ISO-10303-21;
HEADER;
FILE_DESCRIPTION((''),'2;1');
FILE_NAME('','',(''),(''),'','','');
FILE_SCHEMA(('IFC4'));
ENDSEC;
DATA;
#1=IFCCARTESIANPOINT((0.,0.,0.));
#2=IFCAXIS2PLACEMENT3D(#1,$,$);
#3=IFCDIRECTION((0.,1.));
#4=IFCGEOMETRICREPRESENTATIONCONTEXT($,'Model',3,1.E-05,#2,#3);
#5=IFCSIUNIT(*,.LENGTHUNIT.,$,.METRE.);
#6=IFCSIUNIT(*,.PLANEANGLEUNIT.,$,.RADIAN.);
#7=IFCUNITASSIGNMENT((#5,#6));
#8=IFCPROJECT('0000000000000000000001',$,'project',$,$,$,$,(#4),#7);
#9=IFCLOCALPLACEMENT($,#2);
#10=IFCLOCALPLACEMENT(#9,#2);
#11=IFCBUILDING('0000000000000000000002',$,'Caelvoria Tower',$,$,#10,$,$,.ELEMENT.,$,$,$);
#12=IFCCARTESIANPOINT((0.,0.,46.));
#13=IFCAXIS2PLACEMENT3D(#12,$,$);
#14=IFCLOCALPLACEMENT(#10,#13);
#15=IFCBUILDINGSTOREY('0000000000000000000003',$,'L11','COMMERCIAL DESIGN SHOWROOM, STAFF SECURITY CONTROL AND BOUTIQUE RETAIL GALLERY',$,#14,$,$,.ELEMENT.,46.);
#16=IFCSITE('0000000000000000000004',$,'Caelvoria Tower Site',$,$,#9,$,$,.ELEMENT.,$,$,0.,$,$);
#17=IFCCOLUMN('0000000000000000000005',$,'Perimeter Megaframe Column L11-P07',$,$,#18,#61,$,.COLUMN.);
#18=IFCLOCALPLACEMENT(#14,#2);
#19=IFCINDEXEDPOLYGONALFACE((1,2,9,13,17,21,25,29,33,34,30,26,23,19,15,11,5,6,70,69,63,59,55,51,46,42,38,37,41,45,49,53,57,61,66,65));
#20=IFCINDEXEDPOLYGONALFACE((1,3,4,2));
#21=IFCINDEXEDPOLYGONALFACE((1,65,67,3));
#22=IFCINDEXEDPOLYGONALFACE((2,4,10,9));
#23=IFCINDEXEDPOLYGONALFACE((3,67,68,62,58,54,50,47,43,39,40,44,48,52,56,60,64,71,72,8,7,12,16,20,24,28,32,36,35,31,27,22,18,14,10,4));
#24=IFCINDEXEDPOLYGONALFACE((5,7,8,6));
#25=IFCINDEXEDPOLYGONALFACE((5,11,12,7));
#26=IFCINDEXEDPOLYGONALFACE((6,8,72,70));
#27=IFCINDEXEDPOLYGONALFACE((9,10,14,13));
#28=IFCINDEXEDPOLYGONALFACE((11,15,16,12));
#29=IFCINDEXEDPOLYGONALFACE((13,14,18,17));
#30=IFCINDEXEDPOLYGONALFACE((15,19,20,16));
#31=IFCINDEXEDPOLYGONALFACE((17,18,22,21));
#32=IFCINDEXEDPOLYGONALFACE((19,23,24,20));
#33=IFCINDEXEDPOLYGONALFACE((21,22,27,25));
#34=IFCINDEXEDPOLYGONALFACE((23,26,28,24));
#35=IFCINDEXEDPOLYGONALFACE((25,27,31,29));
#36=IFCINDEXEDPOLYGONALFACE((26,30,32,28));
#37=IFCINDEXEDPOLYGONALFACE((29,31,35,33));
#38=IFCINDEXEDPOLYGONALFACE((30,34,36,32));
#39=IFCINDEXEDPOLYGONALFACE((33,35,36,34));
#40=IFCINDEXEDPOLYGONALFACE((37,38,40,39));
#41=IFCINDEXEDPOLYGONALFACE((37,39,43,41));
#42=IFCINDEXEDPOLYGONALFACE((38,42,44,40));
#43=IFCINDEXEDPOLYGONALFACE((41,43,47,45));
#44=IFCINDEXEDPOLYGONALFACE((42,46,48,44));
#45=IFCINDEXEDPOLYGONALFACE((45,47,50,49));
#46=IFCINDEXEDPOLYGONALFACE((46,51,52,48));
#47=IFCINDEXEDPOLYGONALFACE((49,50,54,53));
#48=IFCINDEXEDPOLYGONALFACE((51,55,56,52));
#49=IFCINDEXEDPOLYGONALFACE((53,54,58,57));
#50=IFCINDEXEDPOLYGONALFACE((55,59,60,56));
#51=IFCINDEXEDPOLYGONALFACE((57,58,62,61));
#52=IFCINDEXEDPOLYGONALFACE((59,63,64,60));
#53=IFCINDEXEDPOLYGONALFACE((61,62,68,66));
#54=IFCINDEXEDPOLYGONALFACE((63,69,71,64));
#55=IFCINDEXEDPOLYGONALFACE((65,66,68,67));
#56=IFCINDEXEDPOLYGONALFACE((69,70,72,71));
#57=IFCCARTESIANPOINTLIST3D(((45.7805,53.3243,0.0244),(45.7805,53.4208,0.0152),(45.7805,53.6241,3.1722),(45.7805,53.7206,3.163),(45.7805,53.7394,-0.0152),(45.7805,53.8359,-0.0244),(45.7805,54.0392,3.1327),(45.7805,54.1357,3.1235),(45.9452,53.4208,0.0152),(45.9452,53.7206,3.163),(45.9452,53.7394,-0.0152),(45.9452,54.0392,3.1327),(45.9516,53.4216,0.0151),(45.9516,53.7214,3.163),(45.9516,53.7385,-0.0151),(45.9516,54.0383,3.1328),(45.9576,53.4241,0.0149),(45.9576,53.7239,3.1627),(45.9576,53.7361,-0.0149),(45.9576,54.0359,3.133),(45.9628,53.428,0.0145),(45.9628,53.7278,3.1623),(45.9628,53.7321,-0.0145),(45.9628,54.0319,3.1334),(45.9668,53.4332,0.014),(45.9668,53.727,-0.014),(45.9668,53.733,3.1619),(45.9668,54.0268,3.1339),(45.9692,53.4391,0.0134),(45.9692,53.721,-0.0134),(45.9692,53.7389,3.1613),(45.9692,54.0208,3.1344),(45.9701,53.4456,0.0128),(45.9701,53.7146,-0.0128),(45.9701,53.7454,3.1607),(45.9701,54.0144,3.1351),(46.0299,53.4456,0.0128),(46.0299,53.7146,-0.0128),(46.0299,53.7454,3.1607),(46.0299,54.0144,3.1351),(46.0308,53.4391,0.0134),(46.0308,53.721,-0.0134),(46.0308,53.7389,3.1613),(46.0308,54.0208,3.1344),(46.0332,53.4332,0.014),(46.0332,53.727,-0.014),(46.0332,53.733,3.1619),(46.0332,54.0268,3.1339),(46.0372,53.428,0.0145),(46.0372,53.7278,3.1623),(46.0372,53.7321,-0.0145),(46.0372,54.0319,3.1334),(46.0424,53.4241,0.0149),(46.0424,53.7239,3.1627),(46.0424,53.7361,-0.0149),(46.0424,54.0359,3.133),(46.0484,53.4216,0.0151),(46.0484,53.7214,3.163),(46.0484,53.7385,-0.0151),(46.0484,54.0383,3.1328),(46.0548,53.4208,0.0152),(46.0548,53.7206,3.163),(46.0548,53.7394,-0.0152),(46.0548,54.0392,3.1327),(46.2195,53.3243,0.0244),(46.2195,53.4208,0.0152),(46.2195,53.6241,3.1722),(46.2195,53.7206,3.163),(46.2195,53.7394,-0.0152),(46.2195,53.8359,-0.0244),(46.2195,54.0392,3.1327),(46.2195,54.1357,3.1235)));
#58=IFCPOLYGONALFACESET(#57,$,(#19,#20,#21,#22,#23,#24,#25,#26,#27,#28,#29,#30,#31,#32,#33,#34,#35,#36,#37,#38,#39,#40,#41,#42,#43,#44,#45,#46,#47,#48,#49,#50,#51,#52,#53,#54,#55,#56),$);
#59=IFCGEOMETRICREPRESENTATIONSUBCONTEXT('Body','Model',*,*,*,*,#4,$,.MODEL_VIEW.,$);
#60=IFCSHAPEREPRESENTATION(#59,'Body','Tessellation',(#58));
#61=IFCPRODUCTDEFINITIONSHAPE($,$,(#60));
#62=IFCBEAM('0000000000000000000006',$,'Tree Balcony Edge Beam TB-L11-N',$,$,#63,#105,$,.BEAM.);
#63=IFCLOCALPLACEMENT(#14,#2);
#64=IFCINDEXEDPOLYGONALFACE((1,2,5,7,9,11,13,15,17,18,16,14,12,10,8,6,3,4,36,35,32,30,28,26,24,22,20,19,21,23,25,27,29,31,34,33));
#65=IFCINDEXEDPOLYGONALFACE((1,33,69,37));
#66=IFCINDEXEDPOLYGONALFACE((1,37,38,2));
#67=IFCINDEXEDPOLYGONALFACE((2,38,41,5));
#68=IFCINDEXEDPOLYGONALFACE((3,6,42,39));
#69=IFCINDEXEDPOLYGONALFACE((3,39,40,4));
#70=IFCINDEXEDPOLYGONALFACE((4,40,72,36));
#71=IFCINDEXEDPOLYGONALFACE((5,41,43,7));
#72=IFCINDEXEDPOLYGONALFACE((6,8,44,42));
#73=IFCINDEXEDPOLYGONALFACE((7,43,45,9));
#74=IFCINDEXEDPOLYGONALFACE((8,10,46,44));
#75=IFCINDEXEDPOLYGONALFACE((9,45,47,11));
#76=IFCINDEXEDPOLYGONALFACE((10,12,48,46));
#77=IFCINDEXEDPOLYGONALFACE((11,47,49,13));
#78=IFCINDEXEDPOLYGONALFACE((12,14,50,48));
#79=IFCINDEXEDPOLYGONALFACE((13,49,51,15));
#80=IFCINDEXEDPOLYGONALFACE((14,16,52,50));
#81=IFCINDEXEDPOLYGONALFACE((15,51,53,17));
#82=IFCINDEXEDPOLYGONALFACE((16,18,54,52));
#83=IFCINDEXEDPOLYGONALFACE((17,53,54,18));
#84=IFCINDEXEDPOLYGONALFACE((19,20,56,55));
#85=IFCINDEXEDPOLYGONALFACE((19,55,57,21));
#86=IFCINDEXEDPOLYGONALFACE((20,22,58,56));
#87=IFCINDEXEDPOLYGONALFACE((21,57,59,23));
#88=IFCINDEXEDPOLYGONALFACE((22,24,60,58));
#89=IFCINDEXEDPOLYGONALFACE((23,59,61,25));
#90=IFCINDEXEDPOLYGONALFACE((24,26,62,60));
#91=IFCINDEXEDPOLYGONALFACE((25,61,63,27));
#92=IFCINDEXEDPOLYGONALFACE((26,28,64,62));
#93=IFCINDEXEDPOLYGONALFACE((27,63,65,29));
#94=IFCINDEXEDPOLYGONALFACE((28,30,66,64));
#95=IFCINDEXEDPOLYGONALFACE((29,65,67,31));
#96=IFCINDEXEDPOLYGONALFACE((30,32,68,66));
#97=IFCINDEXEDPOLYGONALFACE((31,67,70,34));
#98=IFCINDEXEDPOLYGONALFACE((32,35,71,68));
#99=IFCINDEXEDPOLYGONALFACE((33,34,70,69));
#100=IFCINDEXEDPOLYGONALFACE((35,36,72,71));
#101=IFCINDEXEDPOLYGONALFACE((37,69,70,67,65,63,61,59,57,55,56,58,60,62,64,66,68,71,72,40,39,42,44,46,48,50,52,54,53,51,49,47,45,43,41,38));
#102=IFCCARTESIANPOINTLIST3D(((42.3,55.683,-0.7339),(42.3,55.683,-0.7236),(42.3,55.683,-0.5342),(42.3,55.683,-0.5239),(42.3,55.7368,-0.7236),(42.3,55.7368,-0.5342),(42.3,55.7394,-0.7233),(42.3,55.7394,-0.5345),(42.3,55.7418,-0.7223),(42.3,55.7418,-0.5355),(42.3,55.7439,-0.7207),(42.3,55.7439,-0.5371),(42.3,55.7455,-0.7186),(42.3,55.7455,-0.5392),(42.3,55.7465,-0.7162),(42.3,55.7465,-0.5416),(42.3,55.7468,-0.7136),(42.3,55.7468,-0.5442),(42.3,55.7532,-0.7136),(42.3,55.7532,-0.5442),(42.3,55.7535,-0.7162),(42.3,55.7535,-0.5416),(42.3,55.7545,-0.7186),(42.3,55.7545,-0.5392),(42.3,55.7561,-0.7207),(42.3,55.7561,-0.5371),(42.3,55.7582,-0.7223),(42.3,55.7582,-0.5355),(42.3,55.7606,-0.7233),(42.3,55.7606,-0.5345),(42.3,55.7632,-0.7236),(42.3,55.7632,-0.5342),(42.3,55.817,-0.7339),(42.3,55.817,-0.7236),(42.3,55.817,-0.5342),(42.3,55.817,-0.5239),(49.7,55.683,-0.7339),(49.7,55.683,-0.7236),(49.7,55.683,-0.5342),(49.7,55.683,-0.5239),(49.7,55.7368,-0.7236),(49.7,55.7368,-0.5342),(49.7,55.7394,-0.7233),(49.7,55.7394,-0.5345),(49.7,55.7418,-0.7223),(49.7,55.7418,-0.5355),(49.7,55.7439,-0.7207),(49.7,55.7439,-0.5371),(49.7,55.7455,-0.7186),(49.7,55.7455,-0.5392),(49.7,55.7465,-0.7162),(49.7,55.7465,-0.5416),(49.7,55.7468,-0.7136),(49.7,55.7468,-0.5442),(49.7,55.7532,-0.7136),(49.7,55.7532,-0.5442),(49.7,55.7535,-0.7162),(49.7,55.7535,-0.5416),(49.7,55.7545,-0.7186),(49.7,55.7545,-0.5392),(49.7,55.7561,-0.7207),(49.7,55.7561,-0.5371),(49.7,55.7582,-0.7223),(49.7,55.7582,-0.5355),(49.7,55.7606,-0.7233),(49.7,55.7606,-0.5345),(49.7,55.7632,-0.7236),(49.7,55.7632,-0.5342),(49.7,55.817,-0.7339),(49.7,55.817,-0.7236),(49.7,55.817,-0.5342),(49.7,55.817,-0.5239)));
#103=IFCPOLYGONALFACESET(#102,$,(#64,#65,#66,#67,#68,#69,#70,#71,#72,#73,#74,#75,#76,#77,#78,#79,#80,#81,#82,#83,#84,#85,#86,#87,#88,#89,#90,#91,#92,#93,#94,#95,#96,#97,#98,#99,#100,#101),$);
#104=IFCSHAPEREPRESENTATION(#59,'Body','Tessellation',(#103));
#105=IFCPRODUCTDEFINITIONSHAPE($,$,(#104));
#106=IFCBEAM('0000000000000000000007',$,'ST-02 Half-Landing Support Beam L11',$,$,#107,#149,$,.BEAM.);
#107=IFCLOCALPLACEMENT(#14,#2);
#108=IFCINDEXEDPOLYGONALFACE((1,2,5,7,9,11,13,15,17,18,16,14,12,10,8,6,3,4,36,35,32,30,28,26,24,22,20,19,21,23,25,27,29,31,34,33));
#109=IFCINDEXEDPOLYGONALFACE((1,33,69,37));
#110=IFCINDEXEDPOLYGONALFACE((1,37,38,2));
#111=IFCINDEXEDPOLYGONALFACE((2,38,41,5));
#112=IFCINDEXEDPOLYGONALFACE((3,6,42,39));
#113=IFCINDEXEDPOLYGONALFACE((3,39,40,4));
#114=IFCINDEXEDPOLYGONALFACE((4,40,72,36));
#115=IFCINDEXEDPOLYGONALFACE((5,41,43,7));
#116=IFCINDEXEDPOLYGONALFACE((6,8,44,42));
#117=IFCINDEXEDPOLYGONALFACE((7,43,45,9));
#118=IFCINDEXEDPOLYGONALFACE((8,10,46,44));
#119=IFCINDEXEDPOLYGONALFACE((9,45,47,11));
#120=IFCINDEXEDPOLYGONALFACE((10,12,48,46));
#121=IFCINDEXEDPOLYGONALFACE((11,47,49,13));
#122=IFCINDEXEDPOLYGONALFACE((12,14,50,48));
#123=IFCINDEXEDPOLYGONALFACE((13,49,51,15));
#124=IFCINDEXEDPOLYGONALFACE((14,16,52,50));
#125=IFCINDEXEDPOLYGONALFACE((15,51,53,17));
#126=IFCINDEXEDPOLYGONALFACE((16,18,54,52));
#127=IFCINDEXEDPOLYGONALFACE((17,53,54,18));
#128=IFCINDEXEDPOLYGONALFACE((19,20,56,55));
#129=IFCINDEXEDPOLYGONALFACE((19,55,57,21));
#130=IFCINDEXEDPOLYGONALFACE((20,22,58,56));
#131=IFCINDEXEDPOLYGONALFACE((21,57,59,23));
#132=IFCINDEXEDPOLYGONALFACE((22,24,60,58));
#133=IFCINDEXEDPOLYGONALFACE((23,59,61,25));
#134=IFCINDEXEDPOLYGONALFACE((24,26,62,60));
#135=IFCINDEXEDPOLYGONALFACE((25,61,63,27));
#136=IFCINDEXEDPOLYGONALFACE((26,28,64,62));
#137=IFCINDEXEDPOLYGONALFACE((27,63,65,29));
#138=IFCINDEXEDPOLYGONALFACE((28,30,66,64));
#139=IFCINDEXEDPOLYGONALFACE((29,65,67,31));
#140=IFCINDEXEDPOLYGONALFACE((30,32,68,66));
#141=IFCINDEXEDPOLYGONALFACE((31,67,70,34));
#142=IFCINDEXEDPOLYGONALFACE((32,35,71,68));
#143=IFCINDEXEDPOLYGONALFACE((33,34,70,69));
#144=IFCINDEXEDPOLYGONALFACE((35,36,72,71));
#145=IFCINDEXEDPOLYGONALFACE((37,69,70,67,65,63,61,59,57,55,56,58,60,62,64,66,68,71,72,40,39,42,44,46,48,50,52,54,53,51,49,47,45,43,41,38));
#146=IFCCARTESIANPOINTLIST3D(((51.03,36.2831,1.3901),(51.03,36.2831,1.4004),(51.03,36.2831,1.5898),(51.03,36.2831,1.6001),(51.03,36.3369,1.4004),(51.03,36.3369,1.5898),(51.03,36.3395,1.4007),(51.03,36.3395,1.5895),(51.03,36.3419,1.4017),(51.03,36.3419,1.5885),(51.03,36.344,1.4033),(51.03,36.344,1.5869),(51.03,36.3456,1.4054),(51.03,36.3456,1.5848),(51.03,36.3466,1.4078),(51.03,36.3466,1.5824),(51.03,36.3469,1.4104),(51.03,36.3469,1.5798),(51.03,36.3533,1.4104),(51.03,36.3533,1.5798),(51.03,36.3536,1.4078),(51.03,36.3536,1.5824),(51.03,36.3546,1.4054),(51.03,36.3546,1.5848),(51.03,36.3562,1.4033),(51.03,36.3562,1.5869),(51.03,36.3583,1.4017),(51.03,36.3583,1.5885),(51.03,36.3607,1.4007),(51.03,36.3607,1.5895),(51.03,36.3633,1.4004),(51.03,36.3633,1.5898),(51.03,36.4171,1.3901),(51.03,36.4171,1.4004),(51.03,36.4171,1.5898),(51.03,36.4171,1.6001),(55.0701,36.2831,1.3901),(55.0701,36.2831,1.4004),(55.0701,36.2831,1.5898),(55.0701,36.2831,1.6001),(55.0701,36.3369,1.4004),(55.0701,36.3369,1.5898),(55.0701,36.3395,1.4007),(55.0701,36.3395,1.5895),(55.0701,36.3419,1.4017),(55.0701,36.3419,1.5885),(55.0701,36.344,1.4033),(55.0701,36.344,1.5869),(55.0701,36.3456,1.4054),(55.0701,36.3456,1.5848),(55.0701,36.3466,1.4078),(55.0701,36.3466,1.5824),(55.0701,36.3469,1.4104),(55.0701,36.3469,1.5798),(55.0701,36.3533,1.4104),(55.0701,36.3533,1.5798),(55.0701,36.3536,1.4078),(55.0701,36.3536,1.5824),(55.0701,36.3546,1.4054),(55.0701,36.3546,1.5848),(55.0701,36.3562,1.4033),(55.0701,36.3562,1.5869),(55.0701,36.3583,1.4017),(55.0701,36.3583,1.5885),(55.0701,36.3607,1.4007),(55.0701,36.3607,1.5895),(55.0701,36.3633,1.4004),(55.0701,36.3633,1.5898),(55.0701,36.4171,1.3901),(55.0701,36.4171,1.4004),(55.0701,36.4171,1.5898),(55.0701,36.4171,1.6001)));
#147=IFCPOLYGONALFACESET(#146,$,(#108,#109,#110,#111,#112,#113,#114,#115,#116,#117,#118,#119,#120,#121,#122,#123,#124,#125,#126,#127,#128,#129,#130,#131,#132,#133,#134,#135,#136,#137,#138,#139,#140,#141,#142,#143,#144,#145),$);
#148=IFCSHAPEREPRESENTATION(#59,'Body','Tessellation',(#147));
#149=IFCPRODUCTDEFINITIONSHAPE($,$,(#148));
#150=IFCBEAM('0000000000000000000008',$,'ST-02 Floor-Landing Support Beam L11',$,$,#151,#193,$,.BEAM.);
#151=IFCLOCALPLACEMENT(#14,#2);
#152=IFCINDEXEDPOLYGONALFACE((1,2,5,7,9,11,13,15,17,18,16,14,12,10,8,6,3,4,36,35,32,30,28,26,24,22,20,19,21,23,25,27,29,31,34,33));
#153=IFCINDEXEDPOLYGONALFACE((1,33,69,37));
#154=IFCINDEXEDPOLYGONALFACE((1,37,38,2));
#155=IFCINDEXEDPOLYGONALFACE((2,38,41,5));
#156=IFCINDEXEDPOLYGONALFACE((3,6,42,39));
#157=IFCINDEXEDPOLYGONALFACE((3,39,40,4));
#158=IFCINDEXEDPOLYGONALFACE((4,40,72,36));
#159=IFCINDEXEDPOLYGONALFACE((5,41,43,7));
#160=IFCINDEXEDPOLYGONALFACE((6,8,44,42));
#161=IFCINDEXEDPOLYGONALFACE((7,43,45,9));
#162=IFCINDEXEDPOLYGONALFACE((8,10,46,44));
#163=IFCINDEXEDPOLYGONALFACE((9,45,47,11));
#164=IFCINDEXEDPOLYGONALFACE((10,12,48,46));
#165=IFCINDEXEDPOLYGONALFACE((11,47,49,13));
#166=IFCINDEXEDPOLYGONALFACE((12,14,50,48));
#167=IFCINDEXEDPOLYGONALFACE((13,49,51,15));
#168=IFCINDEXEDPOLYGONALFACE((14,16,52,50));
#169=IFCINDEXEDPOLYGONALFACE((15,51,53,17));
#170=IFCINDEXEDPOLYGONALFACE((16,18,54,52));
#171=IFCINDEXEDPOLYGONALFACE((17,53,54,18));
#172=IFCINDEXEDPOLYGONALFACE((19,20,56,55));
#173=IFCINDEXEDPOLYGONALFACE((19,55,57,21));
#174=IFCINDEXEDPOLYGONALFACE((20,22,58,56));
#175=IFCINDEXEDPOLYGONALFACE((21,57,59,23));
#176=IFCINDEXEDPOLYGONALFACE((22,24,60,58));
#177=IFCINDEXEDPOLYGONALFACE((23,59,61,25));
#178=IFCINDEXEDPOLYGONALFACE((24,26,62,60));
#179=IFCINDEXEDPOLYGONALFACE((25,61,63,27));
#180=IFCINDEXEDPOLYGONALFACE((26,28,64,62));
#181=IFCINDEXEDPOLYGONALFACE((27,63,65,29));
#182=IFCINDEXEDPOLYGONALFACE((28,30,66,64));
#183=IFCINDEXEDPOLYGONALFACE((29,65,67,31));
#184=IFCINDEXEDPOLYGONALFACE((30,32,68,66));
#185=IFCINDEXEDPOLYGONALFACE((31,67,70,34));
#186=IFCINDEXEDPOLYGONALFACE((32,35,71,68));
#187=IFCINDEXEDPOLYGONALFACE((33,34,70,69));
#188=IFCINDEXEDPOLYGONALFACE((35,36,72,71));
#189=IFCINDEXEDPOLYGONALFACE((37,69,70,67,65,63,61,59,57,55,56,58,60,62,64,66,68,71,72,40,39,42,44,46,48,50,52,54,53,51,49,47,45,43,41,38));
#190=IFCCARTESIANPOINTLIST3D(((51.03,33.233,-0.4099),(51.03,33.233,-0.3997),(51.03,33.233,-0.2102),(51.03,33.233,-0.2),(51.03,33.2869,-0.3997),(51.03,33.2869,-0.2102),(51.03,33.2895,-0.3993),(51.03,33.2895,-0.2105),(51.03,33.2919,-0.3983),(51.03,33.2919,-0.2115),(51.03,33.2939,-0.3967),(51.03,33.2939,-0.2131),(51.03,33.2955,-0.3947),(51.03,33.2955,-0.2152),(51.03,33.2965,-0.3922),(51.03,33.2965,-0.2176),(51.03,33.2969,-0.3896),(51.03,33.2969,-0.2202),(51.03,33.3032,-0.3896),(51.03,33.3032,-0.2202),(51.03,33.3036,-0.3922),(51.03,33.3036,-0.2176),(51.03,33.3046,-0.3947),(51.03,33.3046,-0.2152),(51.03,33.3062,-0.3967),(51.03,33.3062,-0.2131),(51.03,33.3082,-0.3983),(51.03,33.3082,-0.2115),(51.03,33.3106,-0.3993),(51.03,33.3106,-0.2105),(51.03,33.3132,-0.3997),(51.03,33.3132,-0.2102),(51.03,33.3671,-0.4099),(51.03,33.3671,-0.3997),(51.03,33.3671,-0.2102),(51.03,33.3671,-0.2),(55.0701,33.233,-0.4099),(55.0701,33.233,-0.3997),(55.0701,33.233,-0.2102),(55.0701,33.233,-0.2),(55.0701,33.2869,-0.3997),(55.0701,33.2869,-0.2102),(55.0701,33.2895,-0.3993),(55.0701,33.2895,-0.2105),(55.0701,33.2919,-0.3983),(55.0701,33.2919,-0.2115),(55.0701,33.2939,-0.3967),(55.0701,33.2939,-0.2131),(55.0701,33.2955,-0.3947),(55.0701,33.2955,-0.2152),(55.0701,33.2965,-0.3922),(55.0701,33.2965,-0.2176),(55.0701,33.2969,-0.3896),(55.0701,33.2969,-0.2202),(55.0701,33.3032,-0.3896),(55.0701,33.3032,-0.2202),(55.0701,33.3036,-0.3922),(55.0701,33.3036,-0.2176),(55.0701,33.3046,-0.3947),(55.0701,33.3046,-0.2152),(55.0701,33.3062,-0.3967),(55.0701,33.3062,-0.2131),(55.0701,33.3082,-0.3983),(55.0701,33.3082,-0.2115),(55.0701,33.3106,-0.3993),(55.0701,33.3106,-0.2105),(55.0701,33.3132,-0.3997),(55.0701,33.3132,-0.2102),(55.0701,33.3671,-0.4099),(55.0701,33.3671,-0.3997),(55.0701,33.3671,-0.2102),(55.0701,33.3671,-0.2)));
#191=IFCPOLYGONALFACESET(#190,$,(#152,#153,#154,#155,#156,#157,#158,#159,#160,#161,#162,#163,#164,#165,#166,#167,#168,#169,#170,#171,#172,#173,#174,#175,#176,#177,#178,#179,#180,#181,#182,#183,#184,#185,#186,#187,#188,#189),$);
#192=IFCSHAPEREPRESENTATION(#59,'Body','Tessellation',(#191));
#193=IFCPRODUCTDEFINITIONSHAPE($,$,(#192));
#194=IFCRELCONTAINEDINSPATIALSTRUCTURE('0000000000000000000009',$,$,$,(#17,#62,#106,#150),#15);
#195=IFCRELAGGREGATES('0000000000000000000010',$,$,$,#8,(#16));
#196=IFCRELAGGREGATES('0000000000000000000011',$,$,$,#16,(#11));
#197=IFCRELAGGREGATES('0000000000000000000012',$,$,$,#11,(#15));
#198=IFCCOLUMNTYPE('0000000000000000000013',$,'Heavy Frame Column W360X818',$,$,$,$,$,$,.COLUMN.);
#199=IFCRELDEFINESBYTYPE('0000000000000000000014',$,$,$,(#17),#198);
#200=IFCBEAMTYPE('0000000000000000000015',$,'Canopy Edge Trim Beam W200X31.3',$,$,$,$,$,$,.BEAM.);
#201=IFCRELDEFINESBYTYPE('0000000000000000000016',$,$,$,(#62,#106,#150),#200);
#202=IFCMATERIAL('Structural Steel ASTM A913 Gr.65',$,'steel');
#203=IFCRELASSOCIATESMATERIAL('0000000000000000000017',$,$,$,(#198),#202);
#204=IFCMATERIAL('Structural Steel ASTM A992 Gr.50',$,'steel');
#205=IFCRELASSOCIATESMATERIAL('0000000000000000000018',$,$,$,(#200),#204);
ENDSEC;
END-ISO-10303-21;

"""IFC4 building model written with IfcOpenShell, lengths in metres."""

from ifc_helpers import new_model, si_unit, direction, frame, origin, origin_2d, place, context, subcontext, project, spatial, i_section, extrude, material, material_profile, profile_set, type_object, element, save


model = new_model("IFC4")

# Units and contexts
model_context = context("Model", 3, precision=1e-05, world=origin(), true_north=direction((0.0, 1.0)))
body_context = subcontext(model_context, "Body", "Model", "MODEL_VIEW")
ifc_project = project(units=[si_unit("LENGTHUNIT", "METRE"), si_unit("PLANEANGLEUNIT", "RADIAN")], contexts=[model_context])

# Site, building, storey
site_placement = place(None, origin())
site = spatial("IfcSite", under=ifc_project, at=site_placement, Name="Caelvoria Tower Site", CompositionType="ELEMENT", RefElevation=0.0)
building_placement = place(site_placement, origin())
building = spatial("IfcBuilding", under=site, at=building_placement, Name="Caelvoria Tower", CompositionType="ELEMENT")
storey_placement = place(building_placement, frame((0.0, 0.0, 46.0)))
storey = spatial("IfcBuildingStorey", under=building, at=storey_placement, Name="L11", Description="COMMERCIAL DESIGN SHOWROOM, STAFF SECURITY CONTROL AND BOUTIQUE RETAIL GALLERY", CompositionType="ELEMENT", Elevation=46.0)

# Column
ifc_material_1 = material(Name="Structural Steel ASTM A913 Gr.65", Category="steel")
ifc_material_profile_1 = material_profile(ifc_material_1, i_section(OverallWidth=0.439, OverallDepth=0.5139, WebThickness=0.0598, FlangeThickness=0.0969, FilletRadius=0.0249, at=origin_2d()), Name="Structural Steel ASTM A913 Gr.65")
ifc_profile_set_1 = profile_set([ifc_material_profile_1], Name="W360X818 - Structural Steel ASTM A913 Gr.65")
column_type = type_object("IfcColumnType", Name="Heavy Frame Column W360X818", PredefinedType="COLUMN", material=ifc_profile_set_1)
column_placement = place(storey_placement, frame((46.0, 53.5801, 0.0), z_axis=(0.0, 0.094809, 0.995495), x_axis=(-1.0, 0.0, 0.0)))
element("IfcColumn", 1, at=column_placement, inside=storey, type_object=column_type, Name="Perimeter Megaframe Column L11-P07", PredefinedType="COLUMN", context=body_context, shape_type="SweptSolid", body=[
    extrude(i_section(OverallWidth=0.439, OverallDepth=0.5139, WebThickness=0.0598, FlangeThickness=0.0969, FilletRadius=0.0249, at=origin_2d()), origin(), (0.0, 0.0, 1.0), 3.1621),
])

# Beams
ifc_material_2 = material(Name="Structural Steel ASTM A992 Gr.50", Category="steel")
ifc_material_profile_2 = material_profile(ifc_material_2, i_section(OverallWidth=0.134, OverallDepth=0.21, WebThickness=0.0063, FlangeThickness=0.0103, FilletRadius=0.01, at=origin_2d()), Name="Structural Steel ASTM A992 Gr.50")
ifc_profile_set_2 = profile_set([ifc_material_profile_2], Name="W200X31.3 - Structural Steel ASTM A992 Gr.50")
beam_type_1 = type_object("IfcBeamType", Name="Canopy Edge Trim Beam W200X31.3", PredefinedType="BEAM", material=ifc_profile_set_2)
beam_1_placement = place(storey_placement, frame((42.3, 55.75, -0.6289), z_axis=(1.0, 0.0, 0.0), x_axis=(0.0, 1.0, 0.0)))
element("IfcBeam", 2, at=beam_1_placement, inside=storey, type_object=beam_type_1, Name="Tree Balcony Edge Beam TB-L11-N", PredefinedType="BEAM", context=body_context, shape_type="SweptSolid", body=[
    extrude(i_section(OverallWidth=0.134, OverallDepth=0.21, WebThickness=0.0063, FlangeThickness=0.0103, FilletRadius=0.01, at=origin_2d()), origin(), (0.0, 0.0, 1.0), 7.3999),
])
for number, where, z_axis, x_axis, name in (
    (3, (51.03, 36.3501, 1.4951), (1.0, 0.0, 0.0), (0.0, 1.0, 0.0), "ST-02 Half-Landing Support Beam L11"),
    (4, (51.03, 33.3, -0.3049), (1.0, 0.0, 0.0), (0.0, 1.0, 0.0), "ST-02 Floor-Landing Support Beam L11"),
):
    element("IfcBeam", number, at=place(storey_placement, frame(where, z_axis=z_axis, x_axis=x_axis)), inside=storey, type_object=beam_type_1, Name=name, PredefinedType="BEAM", context=body_context, shape_type="SweptSolid", body=[
        extrude(i_section(OverallWidth=0.134, OverallDepth=0.21, WebThickness=0.0063, FlangeThickness=0.0103, FilletRadius=0.01, at=origin_2d()), origin(), (0.0, 0.0, 1.0), 4.04),
    ])

save(model, "model.ifc")
